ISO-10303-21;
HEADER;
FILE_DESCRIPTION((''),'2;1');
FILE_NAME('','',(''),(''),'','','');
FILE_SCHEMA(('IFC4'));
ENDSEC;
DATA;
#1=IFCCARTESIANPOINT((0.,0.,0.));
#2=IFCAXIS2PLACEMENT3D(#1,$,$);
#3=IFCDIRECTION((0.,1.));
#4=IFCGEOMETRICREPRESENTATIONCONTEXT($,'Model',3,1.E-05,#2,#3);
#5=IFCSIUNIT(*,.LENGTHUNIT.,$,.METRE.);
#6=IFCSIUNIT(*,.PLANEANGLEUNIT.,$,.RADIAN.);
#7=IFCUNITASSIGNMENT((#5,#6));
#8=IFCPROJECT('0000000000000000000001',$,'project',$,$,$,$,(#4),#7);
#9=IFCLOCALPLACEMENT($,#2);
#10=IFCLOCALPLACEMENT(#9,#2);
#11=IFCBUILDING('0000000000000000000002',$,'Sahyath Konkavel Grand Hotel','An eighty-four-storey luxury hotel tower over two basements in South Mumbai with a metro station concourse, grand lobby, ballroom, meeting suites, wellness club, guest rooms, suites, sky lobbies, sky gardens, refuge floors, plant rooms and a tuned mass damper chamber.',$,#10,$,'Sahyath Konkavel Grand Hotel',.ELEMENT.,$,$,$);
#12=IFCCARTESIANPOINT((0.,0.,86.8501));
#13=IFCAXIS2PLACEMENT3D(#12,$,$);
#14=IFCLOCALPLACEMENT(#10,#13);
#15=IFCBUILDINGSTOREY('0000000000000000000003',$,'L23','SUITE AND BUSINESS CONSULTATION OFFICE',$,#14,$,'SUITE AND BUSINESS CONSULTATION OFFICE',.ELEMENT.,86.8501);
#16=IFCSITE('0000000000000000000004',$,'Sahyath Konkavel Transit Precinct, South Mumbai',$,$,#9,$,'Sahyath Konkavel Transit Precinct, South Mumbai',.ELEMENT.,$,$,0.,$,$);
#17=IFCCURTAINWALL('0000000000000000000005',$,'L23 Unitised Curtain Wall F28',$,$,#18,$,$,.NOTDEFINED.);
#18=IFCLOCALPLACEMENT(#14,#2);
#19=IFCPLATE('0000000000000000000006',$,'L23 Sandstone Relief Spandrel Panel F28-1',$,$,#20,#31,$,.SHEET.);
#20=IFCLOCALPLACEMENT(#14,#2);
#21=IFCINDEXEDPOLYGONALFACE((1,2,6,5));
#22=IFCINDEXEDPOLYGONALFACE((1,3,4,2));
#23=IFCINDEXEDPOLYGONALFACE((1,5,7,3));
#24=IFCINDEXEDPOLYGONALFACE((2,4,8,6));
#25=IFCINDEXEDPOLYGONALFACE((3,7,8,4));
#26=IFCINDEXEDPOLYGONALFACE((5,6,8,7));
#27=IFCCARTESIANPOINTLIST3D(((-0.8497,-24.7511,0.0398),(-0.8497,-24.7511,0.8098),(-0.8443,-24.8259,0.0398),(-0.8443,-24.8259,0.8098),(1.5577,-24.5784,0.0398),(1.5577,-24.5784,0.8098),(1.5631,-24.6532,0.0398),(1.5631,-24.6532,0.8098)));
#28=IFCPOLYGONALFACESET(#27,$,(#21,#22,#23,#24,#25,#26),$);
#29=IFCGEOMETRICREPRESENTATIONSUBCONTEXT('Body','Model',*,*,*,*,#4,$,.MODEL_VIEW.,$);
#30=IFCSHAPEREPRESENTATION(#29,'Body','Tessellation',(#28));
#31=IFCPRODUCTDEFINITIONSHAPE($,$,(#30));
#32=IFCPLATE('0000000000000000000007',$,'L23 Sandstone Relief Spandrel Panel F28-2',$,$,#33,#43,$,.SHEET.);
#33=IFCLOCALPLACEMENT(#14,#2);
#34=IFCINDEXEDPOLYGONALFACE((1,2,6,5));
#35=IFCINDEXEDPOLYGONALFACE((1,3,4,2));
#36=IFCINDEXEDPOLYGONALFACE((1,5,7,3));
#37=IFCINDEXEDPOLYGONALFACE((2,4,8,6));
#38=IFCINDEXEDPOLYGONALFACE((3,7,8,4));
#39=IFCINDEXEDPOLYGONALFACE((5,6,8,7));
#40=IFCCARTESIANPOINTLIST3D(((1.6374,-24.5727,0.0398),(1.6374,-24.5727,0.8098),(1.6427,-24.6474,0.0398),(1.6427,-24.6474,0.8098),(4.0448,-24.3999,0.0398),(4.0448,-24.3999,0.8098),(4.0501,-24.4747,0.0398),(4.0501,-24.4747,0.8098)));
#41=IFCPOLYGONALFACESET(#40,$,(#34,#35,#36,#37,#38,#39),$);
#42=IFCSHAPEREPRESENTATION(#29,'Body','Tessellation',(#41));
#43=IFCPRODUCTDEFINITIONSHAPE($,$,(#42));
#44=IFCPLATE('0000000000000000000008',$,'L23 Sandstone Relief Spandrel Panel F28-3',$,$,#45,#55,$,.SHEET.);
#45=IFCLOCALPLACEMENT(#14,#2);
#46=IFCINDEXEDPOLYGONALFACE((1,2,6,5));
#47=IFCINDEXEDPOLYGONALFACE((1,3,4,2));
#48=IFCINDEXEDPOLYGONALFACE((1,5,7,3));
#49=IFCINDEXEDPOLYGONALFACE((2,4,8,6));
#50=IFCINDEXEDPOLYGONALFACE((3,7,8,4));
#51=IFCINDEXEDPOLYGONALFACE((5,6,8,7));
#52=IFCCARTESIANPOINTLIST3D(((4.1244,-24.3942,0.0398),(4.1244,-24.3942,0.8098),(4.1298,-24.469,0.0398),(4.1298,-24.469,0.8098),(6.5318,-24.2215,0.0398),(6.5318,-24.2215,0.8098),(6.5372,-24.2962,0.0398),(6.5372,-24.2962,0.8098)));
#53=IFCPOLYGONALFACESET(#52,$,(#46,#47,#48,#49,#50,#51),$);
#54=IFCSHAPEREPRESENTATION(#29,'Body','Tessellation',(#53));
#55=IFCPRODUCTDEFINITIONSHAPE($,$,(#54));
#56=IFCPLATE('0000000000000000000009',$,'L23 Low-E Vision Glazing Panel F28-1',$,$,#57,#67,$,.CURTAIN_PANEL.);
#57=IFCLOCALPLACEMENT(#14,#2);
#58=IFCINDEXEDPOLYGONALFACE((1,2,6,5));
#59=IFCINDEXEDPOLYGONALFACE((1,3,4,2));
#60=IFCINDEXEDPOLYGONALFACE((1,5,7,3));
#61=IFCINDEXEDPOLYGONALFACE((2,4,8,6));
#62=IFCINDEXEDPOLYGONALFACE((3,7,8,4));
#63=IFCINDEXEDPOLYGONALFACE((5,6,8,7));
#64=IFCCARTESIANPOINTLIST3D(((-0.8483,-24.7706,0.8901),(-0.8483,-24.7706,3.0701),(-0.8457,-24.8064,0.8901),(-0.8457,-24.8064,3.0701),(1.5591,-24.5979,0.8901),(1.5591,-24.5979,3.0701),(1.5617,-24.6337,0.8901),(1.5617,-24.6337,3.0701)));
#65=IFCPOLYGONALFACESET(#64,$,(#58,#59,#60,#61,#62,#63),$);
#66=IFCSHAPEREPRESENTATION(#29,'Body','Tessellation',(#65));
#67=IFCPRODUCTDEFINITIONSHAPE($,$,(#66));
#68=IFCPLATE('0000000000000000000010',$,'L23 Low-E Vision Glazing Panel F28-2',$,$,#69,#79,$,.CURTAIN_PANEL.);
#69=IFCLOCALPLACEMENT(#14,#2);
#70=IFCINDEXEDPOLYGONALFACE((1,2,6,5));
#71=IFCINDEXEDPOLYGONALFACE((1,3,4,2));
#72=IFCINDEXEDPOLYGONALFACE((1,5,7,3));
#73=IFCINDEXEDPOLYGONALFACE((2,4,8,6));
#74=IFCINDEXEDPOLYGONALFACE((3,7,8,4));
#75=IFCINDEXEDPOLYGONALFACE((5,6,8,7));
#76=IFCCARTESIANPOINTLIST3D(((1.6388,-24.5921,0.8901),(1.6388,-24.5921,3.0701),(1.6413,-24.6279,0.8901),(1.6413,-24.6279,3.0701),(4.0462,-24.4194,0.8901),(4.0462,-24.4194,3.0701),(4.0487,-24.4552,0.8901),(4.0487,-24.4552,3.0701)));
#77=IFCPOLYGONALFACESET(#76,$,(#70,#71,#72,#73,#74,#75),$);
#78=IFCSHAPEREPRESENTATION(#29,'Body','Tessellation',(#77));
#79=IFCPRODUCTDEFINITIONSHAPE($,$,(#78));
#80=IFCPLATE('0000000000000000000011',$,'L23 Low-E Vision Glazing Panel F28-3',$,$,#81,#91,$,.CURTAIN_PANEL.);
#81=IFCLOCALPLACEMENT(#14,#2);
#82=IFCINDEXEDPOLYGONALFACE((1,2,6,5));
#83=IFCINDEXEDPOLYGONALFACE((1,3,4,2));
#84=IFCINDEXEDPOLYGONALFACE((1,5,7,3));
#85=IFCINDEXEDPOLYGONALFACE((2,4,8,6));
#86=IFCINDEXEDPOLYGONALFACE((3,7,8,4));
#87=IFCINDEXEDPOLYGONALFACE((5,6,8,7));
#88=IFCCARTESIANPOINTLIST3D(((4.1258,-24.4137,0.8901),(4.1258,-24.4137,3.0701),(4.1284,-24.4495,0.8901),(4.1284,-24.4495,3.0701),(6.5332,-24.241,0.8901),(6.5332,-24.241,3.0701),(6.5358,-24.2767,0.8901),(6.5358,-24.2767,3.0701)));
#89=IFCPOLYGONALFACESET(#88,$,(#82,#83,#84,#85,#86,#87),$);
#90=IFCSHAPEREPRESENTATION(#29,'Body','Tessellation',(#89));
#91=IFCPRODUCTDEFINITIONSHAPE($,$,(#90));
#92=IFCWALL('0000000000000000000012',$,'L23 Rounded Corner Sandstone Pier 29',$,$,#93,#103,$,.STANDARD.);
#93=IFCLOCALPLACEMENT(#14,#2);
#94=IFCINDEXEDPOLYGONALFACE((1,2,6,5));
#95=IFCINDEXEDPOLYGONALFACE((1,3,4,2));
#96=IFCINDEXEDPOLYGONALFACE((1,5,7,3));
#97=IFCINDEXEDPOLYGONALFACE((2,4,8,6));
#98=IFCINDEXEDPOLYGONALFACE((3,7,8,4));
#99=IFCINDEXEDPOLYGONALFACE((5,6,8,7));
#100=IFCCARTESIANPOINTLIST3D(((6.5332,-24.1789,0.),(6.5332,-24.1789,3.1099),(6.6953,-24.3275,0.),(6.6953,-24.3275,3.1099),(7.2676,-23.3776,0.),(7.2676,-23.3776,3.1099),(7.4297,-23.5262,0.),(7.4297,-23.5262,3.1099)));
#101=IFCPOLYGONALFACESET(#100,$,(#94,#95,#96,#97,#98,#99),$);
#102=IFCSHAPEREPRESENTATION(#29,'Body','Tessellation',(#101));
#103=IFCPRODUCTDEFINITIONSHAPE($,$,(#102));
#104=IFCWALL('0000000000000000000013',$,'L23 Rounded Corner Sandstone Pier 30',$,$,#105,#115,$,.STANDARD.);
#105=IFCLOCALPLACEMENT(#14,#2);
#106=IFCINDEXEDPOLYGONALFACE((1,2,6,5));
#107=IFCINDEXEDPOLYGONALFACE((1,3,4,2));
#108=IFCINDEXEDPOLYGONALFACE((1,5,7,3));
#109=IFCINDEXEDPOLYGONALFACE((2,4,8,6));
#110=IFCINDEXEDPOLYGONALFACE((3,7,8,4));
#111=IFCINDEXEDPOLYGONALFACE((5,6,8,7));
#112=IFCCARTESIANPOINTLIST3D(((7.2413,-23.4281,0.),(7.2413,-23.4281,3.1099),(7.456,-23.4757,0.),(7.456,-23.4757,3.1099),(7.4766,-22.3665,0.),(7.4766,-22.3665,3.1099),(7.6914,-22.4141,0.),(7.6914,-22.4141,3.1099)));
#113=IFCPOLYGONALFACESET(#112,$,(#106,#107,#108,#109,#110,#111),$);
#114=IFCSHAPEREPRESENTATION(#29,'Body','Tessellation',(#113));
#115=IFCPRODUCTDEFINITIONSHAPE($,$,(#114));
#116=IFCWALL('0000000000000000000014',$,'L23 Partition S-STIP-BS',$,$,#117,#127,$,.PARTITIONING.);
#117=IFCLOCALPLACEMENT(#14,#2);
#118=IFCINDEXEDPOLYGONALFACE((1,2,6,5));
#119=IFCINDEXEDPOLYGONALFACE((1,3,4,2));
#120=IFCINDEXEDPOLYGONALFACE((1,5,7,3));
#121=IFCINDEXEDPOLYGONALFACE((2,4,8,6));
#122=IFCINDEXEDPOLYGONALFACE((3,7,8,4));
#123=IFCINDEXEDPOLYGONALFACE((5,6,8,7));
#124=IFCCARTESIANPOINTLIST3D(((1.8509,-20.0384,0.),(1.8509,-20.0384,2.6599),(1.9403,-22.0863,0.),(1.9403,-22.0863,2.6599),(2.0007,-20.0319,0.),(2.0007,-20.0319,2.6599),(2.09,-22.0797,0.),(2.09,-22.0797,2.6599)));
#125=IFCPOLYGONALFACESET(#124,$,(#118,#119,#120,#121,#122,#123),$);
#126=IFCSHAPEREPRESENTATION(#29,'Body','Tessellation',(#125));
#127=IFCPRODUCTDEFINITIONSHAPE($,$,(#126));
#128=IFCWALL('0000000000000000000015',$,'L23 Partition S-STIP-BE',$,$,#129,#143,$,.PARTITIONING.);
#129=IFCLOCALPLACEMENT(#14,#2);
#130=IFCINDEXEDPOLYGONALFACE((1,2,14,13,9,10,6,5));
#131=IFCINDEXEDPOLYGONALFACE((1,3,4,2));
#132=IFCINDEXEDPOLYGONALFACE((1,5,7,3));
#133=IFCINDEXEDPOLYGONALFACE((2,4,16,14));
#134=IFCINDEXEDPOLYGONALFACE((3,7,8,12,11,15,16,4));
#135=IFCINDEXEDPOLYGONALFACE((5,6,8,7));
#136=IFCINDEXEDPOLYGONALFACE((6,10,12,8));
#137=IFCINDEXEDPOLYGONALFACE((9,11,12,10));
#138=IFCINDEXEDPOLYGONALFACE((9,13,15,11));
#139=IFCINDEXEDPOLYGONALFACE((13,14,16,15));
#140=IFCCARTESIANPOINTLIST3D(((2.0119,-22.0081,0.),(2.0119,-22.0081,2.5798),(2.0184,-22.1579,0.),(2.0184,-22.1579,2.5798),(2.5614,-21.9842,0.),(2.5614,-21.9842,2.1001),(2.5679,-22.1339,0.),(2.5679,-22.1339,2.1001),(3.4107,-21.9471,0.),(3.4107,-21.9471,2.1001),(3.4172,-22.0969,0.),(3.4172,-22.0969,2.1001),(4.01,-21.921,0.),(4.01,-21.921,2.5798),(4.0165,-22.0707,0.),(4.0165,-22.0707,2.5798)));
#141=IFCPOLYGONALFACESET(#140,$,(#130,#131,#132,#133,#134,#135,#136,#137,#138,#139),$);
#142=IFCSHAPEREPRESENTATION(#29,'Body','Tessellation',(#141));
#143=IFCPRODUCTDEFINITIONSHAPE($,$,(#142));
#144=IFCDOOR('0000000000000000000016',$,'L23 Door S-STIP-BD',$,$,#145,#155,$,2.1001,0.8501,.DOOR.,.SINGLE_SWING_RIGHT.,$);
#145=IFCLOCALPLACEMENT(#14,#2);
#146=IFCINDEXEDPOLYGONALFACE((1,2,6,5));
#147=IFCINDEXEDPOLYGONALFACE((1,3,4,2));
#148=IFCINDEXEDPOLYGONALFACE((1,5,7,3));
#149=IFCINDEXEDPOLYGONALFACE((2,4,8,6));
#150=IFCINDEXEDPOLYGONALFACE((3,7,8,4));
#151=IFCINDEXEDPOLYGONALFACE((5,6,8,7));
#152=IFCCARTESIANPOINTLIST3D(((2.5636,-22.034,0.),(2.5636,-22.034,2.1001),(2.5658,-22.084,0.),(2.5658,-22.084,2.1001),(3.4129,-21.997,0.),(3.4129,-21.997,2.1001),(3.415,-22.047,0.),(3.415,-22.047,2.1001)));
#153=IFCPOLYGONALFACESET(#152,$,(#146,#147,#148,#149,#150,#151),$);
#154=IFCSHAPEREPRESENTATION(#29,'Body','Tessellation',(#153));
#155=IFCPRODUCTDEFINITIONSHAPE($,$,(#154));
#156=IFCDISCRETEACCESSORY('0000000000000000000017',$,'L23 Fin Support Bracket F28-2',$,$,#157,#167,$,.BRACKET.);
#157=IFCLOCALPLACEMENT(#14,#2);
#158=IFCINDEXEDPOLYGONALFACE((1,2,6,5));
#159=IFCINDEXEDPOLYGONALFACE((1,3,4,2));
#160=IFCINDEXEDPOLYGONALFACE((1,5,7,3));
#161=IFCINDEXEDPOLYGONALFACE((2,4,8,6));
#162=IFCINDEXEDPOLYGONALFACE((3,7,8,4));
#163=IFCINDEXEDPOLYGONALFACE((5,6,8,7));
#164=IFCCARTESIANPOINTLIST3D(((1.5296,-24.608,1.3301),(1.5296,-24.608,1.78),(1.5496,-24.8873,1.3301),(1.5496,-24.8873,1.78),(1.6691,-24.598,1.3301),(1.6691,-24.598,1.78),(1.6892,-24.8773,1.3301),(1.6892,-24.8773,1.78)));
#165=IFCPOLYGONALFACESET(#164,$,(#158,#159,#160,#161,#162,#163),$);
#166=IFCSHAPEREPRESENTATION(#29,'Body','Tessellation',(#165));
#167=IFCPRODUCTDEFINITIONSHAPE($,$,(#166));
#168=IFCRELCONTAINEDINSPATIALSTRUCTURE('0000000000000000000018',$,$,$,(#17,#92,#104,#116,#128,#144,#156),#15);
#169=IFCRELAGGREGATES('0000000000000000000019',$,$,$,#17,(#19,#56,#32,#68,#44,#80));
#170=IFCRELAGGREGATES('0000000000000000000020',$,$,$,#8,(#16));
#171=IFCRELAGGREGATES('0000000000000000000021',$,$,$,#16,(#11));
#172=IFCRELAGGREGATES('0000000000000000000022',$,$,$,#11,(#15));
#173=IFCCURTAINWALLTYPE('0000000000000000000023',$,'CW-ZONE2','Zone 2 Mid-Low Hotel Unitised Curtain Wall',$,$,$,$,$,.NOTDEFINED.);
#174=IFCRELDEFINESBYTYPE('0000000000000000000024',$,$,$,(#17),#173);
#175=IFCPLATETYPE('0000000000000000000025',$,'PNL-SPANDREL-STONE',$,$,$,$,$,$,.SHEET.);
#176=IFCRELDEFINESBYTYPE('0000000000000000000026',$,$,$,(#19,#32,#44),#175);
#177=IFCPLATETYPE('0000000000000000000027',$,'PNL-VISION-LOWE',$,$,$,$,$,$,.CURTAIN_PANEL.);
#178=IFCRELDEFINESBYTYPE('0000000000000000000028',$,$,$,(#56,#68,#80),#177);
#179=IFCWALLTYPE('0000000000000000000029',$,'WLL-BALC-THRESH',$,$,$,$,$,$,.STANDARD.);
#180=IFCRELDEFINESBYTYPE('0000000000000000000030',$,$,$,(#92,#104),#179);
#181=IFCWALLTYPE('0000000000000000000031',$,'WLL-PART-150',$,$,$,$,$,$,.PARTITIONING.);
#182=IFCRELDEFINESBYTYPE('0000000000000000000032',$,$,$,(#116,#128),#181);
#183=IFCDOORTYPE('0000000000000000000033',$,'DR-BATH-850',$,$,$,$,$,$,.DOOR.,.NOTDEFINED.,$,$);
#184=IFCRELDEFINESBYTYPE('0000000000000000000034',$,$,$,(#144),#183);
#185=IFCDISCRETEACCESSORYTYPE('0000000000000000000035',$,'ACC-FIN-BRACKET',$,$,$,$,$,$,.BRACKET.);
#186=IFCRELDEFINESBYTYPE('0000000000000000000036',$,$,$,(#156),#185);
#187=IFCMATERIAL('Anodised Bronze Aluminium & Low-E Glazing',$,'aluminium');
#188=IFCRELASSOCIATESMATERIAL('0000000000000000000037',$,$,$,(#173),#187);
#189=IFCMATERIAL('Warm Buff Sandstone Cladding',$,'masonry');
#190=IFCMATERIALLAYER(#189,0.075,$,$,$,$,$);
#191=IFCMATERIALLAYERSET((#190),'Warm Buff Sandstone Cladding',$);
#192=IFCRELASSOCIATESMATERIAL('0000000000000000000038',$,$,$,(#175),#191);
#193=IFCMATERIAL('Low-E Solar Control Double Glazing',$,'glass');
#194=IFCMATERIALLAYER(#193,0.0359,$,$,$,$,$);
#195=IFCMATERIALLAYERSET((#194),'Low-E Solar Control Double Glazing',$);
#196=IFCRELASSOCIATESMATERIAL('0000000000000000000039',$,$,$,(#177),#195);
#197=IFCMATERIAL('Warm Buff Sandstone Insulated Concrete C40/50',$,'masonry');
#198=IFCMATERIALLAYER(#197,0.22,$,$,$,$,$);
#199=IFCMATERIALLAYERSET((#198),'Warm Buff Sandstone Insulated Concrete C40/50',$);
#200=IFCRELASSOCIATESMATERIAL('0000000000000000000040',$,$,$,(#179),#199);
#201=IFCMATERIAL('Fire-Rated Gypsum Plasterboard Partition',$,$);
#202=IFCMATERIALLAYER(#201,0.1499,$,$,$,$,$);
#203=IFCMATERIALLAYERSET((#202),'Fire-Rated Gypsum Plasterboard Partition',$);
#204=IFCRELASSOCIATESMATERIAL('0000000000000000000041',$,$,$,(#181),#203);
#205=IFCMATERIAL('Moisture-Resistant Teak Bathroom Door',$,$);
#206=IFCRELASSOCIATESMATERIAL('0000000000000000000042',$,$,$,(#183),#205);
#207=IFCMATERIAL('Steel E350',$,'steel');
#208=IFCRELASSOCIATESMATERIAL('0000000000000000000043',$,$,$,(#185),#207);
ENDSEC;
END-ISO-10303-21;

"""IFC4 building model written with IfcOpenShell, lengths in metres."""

from ifc_helpers import new_model, si_unit, direction, frame, frame_2d, origin, origin_2d, place, context, subcontext, project, spatial, rectangle, extrude, source, transform, mapped, material, layer, layer_set, type_object, element, fill, aggregate, save


model = new_model("IFC4")

# Units and contexts
model_context = context("Model", 3, precision=1e-05, world=origin(), true_north=direction((0.0, 1.0)))
body_context = subcontext(model_context, "Body", "Model", "MODEL_VIEW")
ifc_project = project(units=[si_unit("LENGTHUNIT", "METRE"), si_unit("PLANEANGLEUNIT", "RADIAN")], contexts=[model_context])

# Site, building, storey
site_placement = place(None, origin())
site = spatial("IfcSite", under=ifc_project, at=site_placement, Name="Sahyath Konkavel Transit Precinct, South Mumbai", LongName="Sahyath Konkavel Transit Precinct, South Mumbai", CompositionType="ELEMENT", RefElevation=0.0)
building_placement = place(site_placement, origin())
building = spatial("IfcBuilding", under=site, at=building_placement, Name="Sahyath Konkavel Grand Hotel", Description="An eighty-four-storey luxury hotel tower over two basements in South Mumbai with a metro station concourse, grand lobby, ballroom, meeting suites, wellness club, guest rooms, suites, sky lobbies, sky gardens, refuge floors, plant rooms and a tuned mass damper chamber.", LongName="Sahyath Konkavel Grand Hotel", CompositionType="ELEMENT")
storey_placement = place(building_placement, frame((0.0, 0.0, 86.8501)))
storey = spatial("IfcBuildingStorey", under=building, at=storey_placement, Name="L23", Description="SUITE AND BUSINESS CONSULTATION OFFICE", LongName="SUITE AND BUSINESS CONSULTATION OFFICE", CompositionType="ELEMENT", Elevation=86.8501)

# Curtain wall
ifc_material_1 = material(Name="Anodised Bronze Aluminium & Low-E Glazing", Category="aluminium")
curtain_wall_type = type_object("IfcCurtainWallType", Name="CW-ZONE2", Description="Zone 2 Mid-Low Hotel Unitised Curtain Wall", PredefinedType="NOTDEFINED", material=ifc_material_1)
curtain_wall_1_placement = place(storey_placement, origin())
curtain_wall_1 = element("IfcCurtainWall", 1, at=curtain_wall_1_placement, inside=storey, type_object=curtain_wall_type, Name="L23 Unitised Curtain Wall F28", PredefinedType="NOTDEFINED")

# Plates
ifc_material_2 = material(Name="Warm Buff Sandstone Cladding", Category="masonry")
ifc_layer_1 = layer(ifc_material_2, 0.075)
ifc_layer_set_1 = layer_set([ifc_layer_1], Name="Warm Buff Sandstone Cladding")
plate_type_1 = type_object("IfcPlateType", Name="PNL-SPANDREL-STONE", PredefinedType="SHEET", material=ifc_layer_set_1)
shared_shape_1 = source(origin(), body_context, "Body", "SweptSolid", [
    extrude(rectangle(XDim=2.4136, YDim=0.075, at=origin_2d()), origin(), (0.0, 0.0, 1.0), 0.77),
])
plate_1_placement = place(storey_placement, frame((0.3567, -24.7021, 0.0398), z_axis=(0.0, 0.0, 1.0), x_axis=(0.997436, 0.071567, 0.0)))
plate_1 = element("IfcPlate", 2, at=plate_1_placement, type_object=plate_type_1, Name="L23 Sandstone Relief Spandrel Panel F28-1", PredefinedType="SHEET", context=body_context, shape_type="MappedRepresentation", body=[
    mapped(shared_shape_1, transform((0.0, 0.0, 0.0), scale=1.0)),
])
plate_2_placement = place(storey_placement, frame((2.8438, -24.5237, 0.0398), z_axis=(0.0, 0.0, 1.0), x_axis=(0.997436, 0.071567, 0.0)))
plate_2 = element("IfcPlate", 3, at=plate_2_placement, type_object=plate_type_1, Name="L23 Sandstone Relief Spandrel Panel F28-2", PredefinedType="SHEET", context=body_context, shape_type="MappedRepresentation", body=[
    mapped(shared_shape_1, transform((0.0, 0.0, 0.0), scale=1.0)),
])
plate_3_placement = place(storey_placement, frame((5.3308, -24.3452, 0.0398), z_axis=(0.0, 0.0, 1.0), x_axis=(0.997436, 0.071567, 0.0)))
plate_3 = element("IfcPlate", 4, at=plate_3_placement, type_object=plate_type_1, Name="L23 Sandstone Relief Spandrel Panel F28-3", PredefinedType="SHEET", context=body_context, shape_type="MappedRepresentation", body=[
    mapped(shared_shape_1, transform((0.0, 0.0, 0.0), scale=1.0)),
])
ifc_material_3 = material(Name="Low-E Solar Control Double Glazing", Category="glass")
ifc_layer_2 = layer(ifc_material_3, 0.0359)
ifc_layer_set_2 = layer_set([ifc_layer_2], Name="Low-E Solar Control Double Glazing")
plate_type_2 = type_object("IfcPlateType", Name="PNL-VISION-LOWE", PredefinedType="CURTAIN_PANEL", material=ifc_layer_set_2)
shared_shape_2 = source(origin(), body_context, "Body", "SweptSolid", [
    extrude(rectangle(XDim=2.4136, YDim=0.0359, at=origin_2d()), origin(), (0.0, 0.0, 1.0), 2.1799),
])
plate_4_placement = place(storey_placement, frame((0.3567, -24.7021, 0.8901), z_axis=(0.0, 0.0, 1.0), x_axis=(0.997436, 0.071567, 0.0)))
plate_4 = element("IfcPlate", 5, at=plate_4_placement, type_object=plate_type_2, Name="L23 Low-E Vision Glazing Panel F28-1", PredefinedType="CURTAIN_PANEL", context=body_context, shape_type="MappedRepresentation", body=[
    mapped(shared_shape_2, transform((0.0, 0.0, 0.0), scale=1.0)),
])
plate_5_placement = place(storey_placement, frame((2.8438, -24.5237, 0.8901), z_axis=(0.0, 0.0, 1.0), x_axis=(0.997436, 0.071567, 0.0)))
plate_5 = element("IfcPlate", 6, at=plate_5_placement, type_object=plate_type_2, Name="L23 Low-E Vision Glazing Panel F28-2", PredefinedType="CURTAIN_PANEL", context=body_context, shape_type="MappedRepresentation", body=[
    mapped(shared_shape_2, transform((0.0, 0.0, 0.0), scale=1.0)),
])
plate_6_placement = place(storey_placement, frame((5.3308, -24.3452, 0.8901), z_axis=(0.0, 0.0, 1.0), x_axis=(0.997436, 0.071567, 0.0)))
plate_6 = element("IfcPlate", 7, at=plate_6_placement, type_object=plate_type_2, Name="L23 Low-E Vision Glazing Panel F28-3", PredefinedType="CURTAIN_PANEL", context=body_context, shape_type="MappedRepresentation", body=[
    mapped(shared_shape_2, transform((0.0, 0.0, 0.0), scale=1.0)),
])
aggregate(curtain_wall_1, [plate_1, plate_4, plate_2, plate_5, plate_3, plate_6])

# Walls
ifc_material_4 = material(Name="Warm Buff Sandstone Insulated Concrete C40/50", Category="masonry")
ifc_layer_3 = layer(ifc_material_4, 0.22)
ifc_layer_set_3 = layer_set([ifc_layer_3], Name="Warm Buff Sandstone Insulated Concrete C40/50")
wall_type_1 = type_object("IfcWallType", Name="WLL-BALC-THRESH", PredefinedType="STANDARD", material=ifc_layer_set_3)
wall_1_placement = place(storey_placement, frame((6.6143, -24.2532, 0.0), z_axis=(0.0, 0.0, 1.0), x_axis=(0.675664, 0.73721, 0.0)))
element("IfcWall", 8, at=wall_1_placement, inside=storey, type_object=wall_type_1, Name="L23 Rounded Corner Sandstone Pier 29", PredefinedType="STANDARD", context=body_context, shape_type="SweptSolid", body=[
    extrude(rectangle(XDim=1.0869, YDim=0.22, at=frame_2d((0.5435, 0.0))), origin(), (0.0, 0.0, 1.0), 3.1099),
])
wall_2_placement = place(storey_placement, frame((7.3486, -23.4519, 0.0), z_axis=(0.0, 0.0, 1.0), x_axis=(0.216455, 0.976293, 0.0)))
element("IfcWall", 9, at=wall_2_placement, inside=storey, type_object=wall_type_1, Name="L23 Rounded Corner Sandstone Pier 30", PredefinedType="STANDARD", context=body_context, shape_type="SweptSolid", body=[
    extrude(rectangle(XDim=1.0874, YDim=0.22, at=frame_2d((0.5437, 0.0))), origin(), (0.0, 0.0, 1.0), 3.1099),
])
ifc_material_5 = material(Name="Fire-Rated Gypsum Plasterboard Partition")
ifc_layer_4 = layer(ifc_material_5, 0.1499)
ifc_layer_set_4 = layer_set([ifc_layer_4], Name="Fire-Rated Gypsum Plasterboard Partition")
wall_type_2 = type_object("IfcWallType", Name="WLL-PART-150", PredefinedType="PARTITIONING", material=ifc_layer_set_4)
wall_3_placement = place(storey_placement, frame((1.9258, -20.0352, 0.0), z_axis=(0.0, 0.0, 1.0), x_axis=(0.043592, -0.999049, 0.0)))
element("IfcWall", 10, at=wall_3_placement, inside=storey, type_object=wall_type_2, Name="L23 Partition S-STIP-BS", PredefinedType="PARTITIONING", context=body_context, shape_type="SweptSolid", body=[
    extrude(rectangle(XDim=2.0498, YDim=0.1499, at=frame_2d((1.0249, 0.0))), origin(), (0.0, 0.0, 1.0), 2.6599),
])

# Wall, opening, door
wall_4_placement = place(storey_placement, frame((2.0151, -22.083, 0.0), z_axis=(0.0, 0.0, 1.0), x_axis=(0.99905, 0.04358, 0.0)))
wall_4 = element("IfcWall", 11, at=wall_4_placement, inside=storey, type_object=wall_type_2, Name="L23 Partition S-STIP-BE", PredefinedType="PARTITIONING", context=body_context, shape_type="SweptSolid", body=[
    extrude(rectangle(XDim=2.0, YDim=0.1499, at=frame_2d((1.0, 0.0))), origin(), (0.0, 0.0, 1.0), 2.5798),
])
opening_placement = place(wall_4_placement, frame((0.55, 0.0, 0.0)))
opening = element("IfcOpeningElement", 12, at=opening_placement, cuts=wall_4, PredefinedType="OPENING", context=body_context, shape_type="SweptSolid", body=[
    extrude(rectangle(XDim=0.8501, YDim=2.1001, at=frame_2d((0.425, 1.05))), frame((0.0, 0.085, 0.0), z_axis=(0.0, -1.0, 0.0), x_axis=(1.0, 0.0, 0.0)), (0.0, 0.0, 1.0), 0.1699),
])
ifc_material_6 = material(Name="Moisture-Resistant Teak Bathroom Door")
door_type = type_object("IfcDoorType", Name="DR-BATH-850", OperationType="NOTDEFINED", PredefinedType="DOOR", material=ifc_material_6)
shared_shape_3 = source(origin(), body_context, "Body", "SweptSolid", [
    extrude(rectangle(XDim=0.8501, YDim=0.05, at=origin_2d()), origin(), (0.0, 0.0, 1.0), 2.1001),
])
door_placement = place(opening_placement, frame((0.425, 0.0, 0.0)))
door = element("IfcDoor", 13, at=door_placement, inside=storey, type_object=door_type, Name="L23 Door S-STIP-BD", OperationType="SINGLE_SWING_RIGHT", OverallHeight=2.1001, OverallWidth=0.8501, PredefinedType="DOOR", context=body_context, shape_type="MappedRepresentation", body=[
    mapped(shared_shape_3, transform((0.0, 0.0, 0.0), scale=1.0)),
])
fill(opening, door)

# Discrete accessory
ifc_material_7 = material(Name="Steel E350", Category="steel")
discrete_accessory_type = type_object("IfcDiscreteAccessoryType", Name="ACC-FIN-BRACKET", PredefinedType="BRACKET", material=ifc_material_7)
shared_shape_4 = source(origin(), body_context, "Body", "SweptSolid", [
    extrude(rectangle(XDim=0.28, YDim=0.1399, at=origin_2d()), origin(), (0.0, 0.0, 1.0), 0.45),
])
discrete_accessory_placement = place(storey_placement, frame((1.6094, -24.7427, 1.3301), z_axis=(0.0, 0.0, 1.0), x_axis=(0.071567, -0.997436, 0.0)))
element("IfcDiscreteAccessory", 14, at=discrete_accessory_placement, inside=storey, type_object=discrete_accessory_type, Name="L23 Fin Support Bracket F28-2", PredefinedType="BRACKET", context=body_context, shape_type="MappedRepresentation", body=[
    mapped(shared_shape_4, transform((0.0, 0.0, 0.0), scale=1.0)),
])

save(model, "model.ifc")
